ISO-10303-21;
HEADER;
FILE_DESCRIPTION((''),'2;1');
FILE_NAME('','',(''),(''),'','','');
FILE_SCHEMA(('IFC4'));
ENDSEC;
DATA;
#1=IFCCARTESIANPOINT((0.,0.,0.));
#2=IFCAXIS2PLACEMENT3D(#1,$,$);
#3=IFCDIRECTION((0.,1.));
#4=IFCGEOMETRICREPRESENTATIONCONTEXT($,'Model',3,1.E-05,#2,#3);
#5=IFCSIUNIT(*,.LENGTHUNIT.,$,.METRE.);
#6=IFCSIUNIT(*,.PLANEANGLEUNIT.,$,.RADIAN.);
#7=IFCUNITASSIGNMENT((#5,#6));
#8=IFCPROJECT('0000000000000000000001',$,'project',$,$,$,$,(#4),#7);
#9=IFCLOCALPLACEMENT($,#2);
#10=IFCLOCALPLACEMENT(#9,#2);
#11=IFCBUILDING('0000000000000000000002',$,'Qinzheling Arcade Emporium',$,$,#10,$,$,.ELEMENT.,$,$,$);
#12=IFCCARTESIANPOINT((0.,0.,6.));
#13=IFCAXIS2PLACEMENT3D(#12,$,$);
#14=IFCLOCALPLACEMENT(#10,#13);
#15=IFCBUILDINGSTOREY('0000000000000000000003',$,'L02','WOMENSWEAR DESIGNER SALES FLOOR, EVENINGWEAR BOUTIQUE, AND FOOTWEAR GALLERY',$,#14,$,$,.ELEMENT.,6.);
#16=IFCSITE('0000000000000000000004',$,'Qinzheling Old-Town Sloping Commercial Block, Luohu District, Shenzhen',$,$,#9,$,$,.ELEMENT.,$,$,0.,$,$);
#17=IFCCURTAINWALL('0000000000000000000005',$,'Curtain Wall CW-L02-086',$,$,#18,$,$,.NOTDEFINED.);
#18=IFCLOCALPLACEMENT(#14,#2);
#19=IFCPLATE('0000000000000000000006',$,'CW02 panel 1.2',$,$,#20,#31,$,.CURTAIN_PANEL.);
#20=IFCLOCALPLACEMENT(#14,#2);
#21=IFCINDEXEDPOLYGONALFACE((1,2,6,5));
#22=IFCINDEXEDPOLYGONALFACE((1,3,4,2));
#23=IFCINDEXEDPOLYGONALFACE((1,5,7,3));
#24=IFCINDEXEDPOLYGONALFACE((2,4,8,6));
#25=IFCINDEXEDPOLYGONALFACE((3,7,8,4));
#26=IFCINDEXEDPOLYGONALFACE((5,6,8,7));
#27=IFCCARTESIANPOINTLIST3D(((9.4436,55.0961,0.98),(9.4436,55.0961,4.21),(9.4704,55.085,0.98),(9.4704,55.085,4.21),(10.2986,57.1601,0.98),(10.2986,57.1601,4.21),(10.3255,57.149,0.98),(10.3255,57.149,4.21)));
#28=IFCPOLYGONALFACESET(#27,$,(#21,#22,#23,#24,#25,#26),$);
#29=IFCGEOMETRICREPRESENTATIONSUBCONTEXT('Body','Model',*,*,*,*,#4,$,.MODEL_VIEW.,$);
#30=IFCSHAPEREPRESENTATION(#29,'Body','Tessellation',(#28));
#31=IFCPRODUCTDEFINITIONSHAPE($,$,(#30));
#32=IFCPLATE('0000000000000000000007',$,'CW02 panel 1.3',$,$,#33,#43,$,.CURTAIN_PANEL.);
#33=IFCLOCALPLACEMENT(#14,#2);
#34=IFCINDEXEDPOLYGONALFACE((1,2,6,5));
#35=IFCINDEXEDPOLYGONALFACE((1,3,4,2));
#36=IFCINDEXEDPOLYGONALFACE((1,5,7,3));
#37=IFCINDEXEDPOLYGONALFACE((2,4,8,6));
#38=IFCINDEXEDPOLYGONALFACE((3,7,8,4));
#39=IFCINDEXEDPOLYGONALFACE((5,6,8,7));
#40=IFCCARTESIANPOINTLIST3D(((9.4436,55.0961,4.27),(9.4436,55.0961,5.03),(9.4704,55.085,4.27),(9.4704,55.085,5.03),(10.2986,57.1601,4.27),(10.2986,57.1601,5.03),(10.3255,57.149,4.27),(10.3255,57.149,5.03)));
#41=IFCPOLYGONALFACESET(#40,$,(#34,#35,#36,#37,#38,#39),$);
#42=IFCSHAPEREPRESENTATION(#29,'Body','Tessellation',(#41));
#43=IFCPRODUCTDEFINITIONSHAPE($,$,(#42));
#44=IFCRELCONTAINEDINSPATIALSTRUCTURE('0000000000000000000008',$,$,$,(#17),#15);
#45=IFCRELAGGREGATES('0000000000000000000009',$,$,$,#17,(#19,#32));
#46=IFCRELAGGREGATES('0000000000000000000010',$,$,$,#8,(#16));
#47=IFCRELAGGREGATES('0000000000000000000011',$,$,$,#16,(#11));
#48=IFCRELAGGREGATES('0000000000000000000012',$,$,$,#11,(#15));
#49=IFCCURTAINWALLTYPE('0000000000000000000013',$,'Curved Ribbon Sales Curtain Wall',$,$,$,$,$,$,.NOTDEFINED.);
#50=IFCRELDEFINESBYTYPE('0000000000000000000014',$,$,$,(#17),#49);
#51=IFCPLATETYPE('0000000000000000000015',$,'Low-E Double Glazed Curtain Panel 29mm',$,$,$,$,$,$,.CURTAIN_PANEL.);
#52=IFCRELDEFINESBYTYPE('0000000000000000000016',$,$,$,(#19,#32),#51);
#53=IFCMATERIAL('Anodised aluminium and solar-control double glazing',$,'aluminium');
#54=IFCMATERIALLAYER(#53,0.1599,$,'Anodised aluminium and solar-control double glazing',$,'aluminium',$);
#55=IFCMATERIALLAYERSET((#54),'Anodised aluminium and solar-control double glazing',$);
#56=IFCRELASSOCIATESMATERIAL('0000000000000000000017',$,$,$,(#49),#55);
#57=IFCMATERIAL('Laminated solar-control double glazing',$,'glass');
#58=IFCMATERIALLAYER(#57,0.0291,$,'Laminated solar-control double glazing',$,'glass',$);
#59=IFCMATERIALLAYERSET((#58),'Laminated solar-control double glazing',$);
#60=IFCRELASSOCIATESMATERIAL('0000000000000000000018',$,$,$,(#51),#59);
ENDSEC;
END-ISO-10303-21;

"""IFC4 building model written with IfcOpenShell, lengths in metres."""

from ifc_helpers import new_model, si_unit, direction, frame, origin, origin_2d, place, context, subcontext, project, spatial, rectangle, extrude, material, layer, layer_set, type_object, element, aggregate, save


model = new_model("IFC4")

# Units and contexts
model_context = context("Model", 3, precision=1e-05, world=origin(), true_north=direction((0.0, 1.0)))
body_context = subcontext(model_context, "Body", "Model", "MODEL_VIEW")
ifc_project = project(units=[si_unit("LENGTHUNIT", "METRE"), si_unit("PLANEANGLEUNIT", "RADIAN")], contexts=[model_context])

# Site, building, storey
site_placement = place(None, origin())
site = spatial("IfcSite", under=ifc_project, at=site_placement, Name="Qinzheling Old-Town Sloping Commercial Block, Luohu District, Shenzhen", CompositionType="ELEMENT", RefElevation=0.0)
building_placement = place(site_placement, origin())
building = spatial("IfcBuilding", under=site, at=building_placement, Name="Qinzheling Arcade Emporium", CompositionType="ELEMENT")
storey_placement = place(building_placement, frame((0.0, 0.0, 6.0)))
storey = spatial("IfcBuildingStorey", under=building, at=storey_placement, Name="L02", Description="WOMENSWEAR DESIGNER SALES FLOOR, EVENINGWEAR BOUTIQUE, AND FOOTWEAR GALLERY", CompositionType="ELEMENT", Elevation=6.0)

# Shared definitions
ifc_material_1 = material(Name="Anodised aluminium and solar-control double glazing", Category="aluminium")
ifc_layer_1 = layer(ifc_material_1, 0.1599, Name="Anodised aluminium and solar-control double glazing", Category="aluminium")
ifc_layer_set_1 = layer_set([ifc_layer_1], Name="Anodised aluminium and solar-control double glazing")
curtain_wall_type = type_object("IfcCurtainWallType", Name="Curved Ribbon Sales Curtain Wall", PredefinedType="NOTDEFINED", material=ifc_layer_set_1)

# Curtain wall
curtain_wall_1_placement = place(storey_placement, origin())
curtain_wall_1 = element("IfcCurtainWall", 1, at=curtain_wall_1_placement, inside=storey, type_object=curtain_wall_type, Name="Curtain Wall CW-L02-086", PredefinedType="NOTDEFINED")

# Plates
ifc_material_2 = material(Name="Laminated solar-control double glazing", Category="glass")
ifc_layer_2 = layer(ifc_material_2, 0.0291, Name="Laminated solar-control double glazing", Category="glass")
ifc_layer_set_2 = layer_set([ifc_layer_2], Name="Laminated solar-control double glazing")
plate_type_1 = type_object("IfcPlateType", Name="Low-E Double Glazed Curtain Panel 29mm", PredefinedType="CURTAIN_PANEL", material=ifc_layer_set_2)
plate_1_placement = place(storey_placement, frame((9.8845, 56.1226, 0.98), z_axis=(0.0, 0.0, 1.0), x_axis=(0.382714, 0.923867, 0.0)))
plate_1 = element("IfcPlate", 2, at=plate_1_placement, type_object=plate_type_1, Name="CW02 panel 1.2", PredefinedType="CURTAIN_PANEL", context=body_context, shape_type="SweptSolid", body=[
    extrude(rectangle(XDim=2.2341, YDim=0.0291, at=origin_2d()), origin(), (0.0, 0.0, 1.0), 3.23),
])
plate_2_placement = place(storey_placement, frame((9.8845, 56.1226, 4.27), z_axis=(0.0, 0.0, 1.0), x_axis=(0.382714, 0.923867, 0.0)))
plate_2 = element("IfcPlate", 3, at=plate_2_placement, type_object=plate_type_1, Name="CW02 panel 1.3", PredefinedType="CURTAIN_PANEL", context=body_context, shape_type="SweptSolid", body=[
    extrude(rectangle(XDim=2.2341, YDim=0.0291, at=origin_2d()), origin(), (0.0, 0.0, 1.0), 0.76),
])
aggregate(curtain_wall_1, [plate_1, plate_2])

save(model, "model.ifc")
